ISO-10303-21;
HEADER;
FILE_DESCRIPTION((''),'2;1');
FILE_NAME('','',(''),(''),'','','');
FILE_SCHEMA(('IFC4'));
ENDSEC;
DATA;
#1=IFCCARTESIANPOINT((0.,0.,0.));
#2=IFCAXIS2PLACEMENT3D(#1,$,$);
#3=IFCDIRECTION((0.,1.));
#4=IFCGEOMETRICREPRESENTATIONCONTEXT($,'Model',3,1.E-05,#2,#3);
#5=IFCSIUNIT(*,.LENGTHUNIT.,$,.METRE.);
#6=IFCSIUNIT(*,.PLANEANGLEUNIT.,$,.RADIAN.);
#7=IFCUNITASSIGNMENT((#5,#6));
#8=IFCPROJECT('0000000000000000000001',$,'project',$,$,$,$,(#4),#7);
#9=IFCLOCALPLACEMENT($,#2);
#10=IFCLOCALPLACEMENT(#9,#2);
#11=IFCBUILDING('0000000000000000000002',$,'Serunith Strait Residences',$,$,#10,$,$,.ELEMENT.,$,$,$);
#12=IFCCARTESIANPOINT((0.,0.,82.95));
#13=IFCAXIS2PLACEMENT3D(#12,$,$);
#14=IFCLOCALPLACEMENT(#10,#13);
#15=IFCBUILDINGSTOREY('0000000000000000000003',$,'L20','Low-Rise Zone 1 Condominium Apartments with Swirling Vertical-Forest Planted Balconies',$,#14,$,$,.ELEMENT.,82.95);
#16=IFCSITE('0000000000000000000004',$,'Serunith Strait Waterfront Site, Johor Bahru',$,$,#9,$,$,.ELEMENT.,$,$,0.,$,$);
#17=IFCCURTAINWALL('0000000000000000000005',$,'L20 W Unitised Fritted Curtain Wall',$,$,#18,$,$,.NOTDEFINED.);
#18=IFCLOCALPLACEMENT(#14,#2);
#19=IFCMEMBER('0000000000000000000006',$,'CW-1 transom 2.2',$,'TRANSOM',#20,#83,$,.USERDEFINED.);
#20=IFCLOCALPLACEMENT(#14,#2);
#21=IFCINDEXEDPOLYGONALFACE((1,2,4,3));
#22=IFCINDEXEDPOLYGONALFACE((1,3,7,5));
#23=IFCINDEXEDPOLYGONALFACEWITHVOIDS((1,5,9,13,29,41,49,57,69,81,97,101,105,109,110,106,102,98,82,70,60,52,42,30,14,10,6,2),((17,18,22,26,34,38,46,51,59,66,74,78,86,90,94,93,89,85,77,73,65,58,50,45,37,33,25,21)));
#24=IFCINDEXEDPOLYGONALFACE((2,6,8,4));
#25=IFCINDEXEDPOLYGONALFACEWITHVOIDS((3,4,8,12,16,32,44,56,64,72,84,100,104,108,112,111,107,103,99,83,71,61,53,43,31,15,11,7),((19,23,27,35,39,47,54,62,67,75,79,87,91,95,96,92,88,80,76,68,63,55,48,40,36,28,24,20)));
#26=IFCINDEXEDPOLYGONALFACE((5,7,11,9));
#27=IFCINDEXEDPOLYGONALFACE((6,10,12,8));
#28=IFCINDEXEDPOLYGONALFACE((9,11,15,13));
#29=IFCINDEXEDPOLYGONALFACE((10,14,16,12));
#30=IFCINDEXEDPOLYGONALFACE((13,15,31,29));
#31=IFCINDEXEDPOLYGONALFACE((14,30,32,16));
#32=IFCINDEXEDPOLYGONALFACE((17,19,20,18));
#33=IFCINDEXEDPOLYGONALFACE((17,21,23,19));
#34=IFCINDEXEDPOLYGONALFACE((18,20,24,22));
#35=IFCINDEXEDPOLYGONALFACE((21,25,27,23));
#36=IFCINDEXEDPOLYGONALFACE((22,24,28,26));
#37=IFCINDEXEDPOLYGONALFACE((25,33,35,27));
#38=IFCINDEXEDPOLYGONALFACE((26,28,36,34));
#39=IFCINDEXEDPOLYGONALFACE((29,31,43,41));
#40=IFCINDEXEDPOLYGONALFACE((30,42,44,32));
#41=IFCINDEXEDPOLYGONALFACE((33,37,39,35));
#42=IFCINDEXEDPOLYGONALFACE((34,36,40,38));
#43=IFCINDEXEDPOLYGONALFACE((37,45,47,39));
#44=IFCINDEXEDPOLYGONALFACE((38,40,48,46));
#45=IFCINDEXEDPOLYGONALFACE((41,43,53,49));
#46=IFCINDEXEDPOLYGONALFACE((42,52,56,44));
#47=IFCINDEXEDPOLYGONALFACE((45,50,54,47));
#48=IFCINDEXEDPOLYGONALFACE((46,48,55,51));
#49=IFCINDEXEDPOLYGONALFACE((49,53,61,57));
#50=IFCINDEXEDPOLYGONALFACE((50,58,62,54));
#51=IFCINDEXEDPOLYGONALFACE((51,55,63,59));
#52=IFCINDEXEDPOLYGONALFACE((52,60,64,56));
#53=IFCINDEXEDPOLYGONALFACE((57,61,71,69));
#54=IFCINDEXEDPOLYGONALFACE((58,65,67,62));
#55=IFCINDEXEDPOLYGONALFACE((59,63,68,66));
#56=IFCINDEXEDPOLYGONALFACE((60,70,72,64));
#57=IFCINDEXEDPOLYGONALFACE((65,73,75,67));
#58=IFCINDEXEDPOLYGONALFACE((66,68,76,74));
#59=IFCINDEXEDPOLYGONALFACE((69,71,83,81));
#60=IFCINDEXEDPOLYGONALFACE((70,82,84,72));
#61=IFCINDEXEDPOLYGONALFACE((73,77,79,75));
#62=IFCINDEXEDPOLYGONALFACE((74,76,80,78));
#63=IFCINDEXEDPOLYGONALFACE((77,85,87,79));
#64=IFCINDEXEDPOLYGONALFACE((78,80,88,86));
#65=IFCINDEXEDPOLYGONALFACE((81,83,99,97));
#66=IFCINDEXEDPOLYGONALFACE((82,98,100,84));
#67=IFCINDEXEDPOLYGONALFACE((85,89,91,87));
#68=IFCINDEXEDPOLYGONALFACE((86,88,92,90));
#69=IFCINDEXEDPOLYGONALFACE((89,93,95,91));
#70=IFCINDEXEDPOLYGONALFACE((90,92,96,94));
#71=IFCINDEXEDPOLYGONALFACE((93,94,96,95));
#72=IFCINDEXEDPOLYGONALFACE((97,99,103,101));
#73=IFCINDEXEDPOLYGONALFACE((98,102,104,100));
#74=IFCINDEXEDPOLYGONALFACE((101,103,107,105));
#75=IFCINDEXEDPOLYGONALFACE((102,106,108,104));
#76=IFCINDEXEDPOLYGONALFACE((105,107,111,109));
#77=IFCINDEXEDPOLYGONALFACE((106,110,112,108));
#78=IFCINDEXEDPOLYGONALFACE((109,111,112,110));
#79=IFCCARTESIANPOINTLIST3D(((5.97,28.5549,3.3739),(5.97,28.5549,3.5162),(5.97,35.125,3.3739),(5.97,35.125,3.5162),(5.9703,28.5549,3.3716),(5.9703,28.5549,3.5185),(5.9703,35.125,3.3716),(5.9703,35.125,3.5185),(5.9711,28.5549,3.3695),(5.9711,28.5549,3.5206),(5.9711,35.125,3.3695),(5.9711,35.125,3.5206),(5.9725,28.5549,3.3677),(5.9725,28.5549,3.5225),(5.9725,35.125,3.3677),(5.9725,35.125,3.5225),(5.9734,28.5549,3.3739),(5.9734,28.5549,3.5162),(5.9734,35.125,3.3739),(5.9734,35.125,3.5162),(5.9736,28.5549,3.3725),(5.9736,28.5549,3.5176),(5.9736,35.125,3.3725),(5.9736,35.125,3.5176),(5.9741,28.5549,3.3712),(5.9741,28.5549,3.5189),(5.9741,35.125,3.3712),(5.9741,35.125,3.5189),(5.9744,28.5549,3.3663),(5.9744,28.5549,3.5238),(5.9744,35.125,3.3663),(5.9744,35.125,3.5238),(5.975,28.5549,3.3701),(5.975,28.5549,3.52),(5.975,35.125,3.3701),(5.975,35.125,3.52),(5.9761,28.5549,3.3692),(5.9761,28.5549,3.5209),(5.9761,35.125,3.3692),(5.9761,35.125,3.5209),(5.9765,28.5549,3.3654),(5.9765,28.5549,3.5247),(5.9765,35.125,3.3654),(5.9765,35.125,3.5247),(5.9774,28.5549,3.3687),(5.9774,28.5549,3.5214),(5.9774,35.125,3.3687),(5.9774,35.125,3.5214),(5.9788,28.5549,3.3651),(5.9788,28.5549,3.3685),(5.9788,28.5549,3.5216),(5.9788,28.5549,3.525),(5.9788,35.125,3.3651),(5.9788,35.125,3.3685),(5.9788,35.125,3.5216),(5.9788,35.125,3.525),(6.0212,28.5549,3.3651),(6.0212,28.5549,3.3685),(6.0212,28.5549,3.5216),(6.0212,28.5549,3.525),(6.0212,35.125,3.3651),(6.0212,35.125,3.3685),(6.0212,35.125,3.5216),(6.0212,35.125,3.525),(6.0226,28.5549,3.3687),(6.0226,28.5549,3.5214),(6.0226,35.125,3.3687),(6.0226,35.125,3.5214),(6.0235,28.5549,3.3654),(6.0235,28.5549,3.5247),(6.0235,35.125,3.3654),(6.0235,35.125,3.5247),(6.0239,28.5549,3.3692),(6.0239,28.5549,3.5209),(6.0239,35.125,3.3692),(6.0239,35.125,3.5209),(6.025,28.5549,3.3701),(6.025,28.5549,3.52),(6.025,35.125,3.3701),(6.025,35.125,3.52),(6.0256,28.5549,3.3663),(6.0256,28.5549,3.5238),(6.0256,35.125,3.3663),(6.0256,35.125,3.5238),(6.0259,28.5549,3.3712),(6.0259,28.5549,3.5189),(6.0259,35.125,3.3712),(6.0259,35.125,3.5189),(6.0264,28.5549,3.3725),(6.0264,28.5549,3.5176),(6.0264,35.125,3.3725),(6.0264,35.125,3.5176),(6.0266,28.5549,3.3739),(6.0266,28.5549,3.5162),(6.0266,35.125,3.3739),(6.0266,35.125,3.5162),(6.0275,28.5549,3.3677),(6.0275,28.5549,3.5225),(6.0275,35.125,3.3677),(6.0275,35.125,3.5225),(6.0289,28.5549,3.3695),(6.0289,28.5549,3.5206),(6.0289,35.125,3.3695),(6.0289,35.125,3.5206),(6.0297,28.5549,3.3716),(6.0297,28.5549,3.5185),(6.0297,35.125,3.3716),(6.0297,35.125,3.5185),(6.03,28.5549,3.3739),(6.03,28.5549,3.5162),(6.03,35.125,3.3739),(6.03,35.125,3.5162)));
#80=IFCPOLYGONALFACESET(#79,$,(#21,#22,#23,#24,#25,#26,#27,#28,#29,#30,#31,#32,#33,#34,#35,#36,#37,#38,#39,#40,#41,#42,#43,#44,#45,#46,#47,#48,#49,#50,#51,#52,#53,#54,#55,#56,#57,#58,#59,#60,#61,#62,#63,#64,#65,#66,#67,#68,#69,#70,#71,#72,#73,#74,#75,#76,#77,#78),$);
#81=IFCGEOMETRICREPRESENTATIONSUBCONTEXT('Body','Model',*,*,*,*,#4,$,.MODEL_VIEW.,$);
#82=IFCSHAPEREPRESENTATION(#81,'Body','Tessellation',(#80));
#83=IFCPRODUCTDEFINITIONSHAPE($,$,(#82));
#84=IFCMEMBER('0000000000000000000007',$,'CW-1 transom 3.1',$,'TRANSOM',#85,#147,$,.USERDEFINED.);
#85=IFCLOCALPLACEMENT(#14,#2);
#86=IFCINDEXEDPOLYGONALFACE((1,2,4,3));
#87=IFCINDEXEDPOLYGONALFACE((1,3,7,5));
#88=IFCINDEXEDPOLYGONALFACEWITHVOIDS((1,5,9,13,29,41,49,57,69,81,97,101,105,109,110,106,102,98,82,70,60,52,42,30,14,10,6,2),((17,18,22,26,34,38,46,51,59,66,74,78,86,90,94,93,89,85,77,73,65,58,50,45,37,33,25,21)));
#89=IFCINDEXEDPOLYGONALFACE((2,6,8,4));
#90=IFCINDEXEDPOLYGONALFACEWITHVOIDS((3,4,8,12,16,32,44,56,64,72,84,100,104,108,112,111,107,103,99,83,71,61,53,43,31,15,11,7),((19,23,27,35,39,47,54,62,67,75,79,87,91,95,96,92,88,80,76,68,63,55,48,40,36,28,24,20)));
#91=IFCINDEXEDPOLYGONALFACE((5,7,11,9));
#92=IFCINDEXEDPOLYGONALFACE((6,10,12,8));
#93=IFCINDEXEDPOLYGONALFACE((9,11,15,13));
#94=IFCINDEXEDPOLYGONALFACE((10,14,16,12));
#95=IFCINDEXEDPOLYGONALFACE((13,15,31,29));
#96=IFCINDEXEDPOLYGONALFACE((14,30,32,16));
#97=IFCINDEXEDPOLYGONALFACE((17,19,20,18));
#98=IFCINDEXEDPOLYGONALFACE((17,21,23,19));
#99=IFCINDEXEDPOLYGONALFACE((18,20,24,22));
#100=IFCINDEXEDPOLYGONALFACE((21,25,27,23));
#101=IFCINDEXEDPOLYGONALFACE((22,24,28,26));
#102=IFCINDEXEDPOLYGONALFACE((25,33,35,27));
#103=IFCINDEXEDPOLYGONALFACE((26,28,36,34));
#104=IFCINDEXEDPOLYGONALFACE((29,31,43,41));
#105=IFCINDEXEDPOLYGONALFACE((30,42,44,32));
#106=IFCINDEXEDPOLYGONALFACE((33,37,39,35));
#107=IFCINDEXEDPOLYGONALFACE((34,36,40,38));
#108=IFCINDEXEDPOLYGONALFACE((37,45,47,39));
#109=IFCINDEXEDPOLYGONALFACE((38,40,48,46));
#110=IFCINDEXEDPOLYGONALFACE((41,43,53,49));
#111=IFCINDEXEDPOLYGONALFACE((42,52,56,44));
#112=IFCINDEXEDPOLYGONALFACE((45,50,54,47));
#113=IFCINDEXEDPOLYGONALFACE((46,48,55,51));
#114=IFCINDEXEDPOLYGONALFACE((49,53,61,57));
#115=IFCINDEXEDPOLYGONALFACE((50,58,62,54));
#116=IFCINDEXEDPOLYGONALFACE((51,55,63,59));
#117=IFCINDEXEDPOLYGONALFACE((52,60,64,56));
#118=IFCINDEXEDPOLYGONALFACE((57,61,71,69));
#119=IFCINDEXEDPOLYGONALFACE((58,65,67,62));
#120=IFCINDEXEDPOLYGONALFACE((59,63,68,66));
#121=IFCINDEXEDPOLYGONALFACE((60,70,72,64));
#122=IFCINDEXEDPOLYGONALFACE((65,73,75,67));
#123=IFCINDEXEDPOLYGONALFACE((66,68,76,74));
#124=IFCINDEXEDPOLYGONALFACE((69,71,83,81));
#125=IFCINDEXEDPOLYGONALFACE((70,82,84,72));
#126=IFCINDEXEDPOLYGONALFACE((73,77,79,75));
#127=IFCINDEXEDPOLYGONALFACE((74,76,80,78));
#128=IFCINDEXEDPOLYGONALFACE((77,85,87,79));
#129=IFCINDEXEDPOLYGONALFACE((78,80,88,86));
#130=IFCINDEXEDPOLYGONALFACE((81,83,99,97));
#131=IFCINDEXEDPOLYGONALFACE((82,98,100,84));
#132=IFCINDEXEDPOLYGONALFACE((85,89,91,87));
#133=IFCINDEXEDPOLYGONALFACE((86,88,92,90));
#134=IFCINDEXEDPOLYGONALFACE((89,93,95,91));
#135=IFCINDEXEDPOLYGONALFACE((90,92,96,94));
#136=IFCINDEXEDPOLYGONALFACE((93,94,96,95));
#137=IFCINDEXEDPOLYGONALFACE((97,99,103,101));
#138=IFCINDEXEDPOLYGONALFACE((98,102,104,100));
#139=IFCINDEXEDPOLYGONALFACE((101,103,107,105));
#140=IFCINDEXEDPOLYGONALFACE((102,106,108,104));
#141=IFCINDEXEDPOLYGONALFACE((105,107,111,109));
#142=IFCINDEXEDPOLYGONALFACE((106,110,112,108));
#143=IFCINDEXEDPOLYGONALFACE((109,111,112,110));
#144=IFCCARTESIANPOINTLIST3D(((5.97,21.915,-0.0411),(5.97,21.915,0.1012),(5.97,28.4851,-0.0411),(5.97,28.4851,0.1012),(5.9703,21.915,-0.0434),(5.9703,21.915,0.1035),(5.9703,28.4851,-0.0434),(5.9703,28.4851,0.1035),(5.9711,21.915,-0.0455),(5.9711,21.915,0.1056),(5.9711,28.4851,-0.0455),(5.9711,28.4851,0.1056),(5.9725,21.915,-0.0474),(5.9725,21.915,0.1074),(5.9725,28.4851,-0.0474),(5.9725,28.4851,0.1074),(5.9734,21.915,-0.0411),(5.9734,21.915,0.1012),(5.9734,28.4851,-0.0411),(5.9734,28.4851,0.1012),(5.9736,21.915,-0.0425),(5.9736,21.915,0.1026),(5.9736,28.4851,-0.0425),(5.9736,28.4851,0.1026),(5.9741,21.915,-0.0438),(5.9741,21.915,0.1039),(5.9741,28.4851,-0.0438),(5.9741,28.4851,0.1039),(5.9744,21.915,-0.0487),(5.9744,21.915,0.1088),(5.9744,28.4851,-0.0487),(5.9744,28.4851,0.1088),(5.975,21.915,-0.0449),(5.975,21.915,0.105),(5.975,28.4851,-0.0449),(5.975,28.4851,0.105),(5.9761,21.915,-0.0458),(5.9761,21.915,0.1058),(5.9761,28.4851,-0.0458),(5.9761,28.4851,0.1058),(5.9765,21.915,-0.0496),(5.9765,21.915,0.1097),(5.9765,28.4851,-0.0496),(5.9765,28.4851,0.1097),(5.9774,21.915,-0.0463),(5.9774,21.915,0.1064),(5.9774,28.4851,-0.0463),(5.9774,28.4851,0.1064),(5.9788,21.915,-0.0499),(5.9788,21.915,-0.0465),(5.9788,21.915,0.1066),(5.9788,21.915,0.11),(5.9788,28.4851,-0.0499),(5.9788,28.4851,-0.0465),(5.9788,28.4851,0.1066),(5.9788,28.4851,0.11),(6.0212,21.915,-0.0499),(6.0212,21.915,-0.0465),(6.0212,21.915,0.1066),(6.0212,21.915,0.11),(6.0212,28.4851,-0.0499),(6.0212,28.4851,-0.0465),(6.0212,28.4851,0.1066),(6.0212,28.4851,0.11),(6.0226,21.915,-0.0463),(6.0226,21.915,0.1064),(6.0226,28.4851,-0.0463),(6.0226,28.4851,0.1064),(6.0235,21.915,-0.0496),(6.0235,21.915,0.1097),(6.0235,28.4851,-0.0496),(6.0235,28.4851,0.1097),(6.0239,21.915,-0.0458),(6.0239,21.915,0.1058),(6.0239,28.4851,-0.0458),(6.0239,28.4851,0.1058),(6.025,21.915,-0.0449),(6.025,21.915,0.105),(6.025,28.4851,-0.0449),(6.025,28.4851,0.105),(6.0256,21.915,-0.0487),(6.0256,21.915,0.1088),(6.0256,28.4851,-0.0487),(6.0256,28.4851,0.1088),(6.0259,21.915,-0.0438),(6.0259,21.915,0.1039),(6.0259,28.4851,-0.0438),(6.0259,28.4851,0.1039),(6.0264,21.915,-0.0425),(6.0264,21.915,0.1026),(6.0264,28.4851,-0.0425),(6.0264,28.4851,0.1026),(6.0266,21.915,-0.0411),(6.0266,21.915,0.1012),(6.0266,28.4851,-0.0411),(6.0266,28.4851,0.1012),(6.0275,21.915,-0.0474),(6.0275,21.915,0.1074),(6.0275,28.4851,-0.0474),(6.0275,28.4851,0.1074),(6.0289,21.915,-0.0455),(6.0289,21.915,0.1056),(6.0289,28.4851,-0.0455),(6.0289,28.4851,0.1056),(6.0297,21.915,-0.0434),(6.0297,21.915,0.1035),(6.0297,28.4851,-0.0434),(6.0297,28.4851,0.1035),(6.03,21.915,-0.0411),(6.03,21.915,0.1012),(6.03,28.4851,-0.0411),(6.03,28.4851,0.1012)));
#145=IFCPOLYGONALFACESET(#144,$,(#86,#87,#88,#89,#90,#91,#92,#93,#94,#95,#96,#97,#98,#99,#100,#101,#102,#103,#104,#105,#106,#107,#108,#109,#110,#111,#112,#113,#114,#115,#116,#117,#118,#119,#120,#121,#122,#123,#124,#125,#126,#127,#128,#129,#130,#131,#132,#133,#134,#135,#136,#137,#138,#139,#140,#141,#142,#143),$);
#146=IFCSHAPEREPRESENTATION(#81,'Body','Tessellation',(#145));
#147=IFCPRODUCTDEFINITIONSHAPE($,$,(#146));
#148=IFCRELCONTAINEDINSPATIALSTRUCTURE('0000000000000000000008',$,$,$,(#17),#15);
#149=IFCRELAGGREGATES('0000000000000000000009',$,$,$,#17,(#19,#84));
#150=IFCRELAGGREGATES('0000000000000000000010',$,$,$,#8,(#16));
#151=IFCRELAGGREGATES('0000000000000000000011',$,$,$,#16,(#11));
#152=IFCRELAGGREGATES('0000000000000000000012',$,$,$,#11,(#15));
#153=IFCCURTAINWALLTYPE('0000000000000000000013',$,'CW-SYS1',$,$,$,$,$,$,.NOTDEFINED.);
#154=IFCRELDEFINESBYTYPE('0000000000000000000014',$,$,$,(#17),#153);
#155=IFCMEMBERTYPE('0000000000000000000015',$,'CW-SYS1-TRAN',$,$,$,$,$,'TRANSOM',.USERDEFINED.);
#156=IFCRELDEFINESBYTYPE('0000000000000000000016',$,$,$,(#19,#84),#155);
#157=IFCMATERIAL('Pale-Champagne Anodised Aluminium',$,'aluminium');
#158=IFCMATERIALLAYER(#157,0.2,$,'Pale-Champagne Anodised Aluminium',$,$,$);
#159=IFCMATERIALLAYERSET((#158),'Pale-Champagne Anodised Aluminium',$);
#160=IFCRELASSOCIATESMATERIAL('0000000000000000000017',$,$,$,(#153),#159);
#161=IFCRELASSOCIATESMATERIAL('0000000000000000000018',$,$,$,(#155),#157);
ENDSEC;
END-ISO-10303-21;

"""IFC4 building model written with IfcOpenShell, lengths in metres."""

from ifc_helpers import new_model, si_unit, direction, frame, origin, origin_2d, place, context, subcontext, project, spatial, hollow_rectangle, extrude, source, transform, mapped, material, layer, layer_set, material_profile, profile_set, type_object, element, aggregate, save


model = new_model("IFC4")

# Units and contexts
model_context = context("Model", 3, precision=1e-05, world=origin(), true_north=direction((0.0, 1.0)))
body_context = subcontext(model_context, "Body", "Model", "MODEL_VIEW")
ifc_project = project(units=[si_unit("LENGTHUNIT", "METRE"), si_unit("PLANEANGLEUNIT", "RADIAN")], contexts=[model_context])

# Site, building, storey
site_placement = place(None, origin())
site = spatial("IfcSite", under=ifc_project, at=site_placement, Name="Serunith Strait Waterfront Site, Johor Bahru", CompositionType="ELEMENT", RefElevation=0.0)
building_placement = place(site_placement, origin())
building = spatial("IfcBuilding", under=site, at=building_placement, Name="Serunith Strait Residences", CompositionType="ELEMENT")
storey_placement = place(building_placement, frame((0.0, 0.0, 82.95)))
storey = spatial("IfcBuildingStorey", under=building, at=storey_placement, Name="L20", Description="Low-Rise Zone 1 Condominium Apartments with Swirling Vertical-Forest Planted Balconies", CompositionType="ELEMENT", Elevation=82.95)

# Curtain wall, members
ifc_material_1 = material(Name="Pale-Champagne Anodised Aluminium", Category="aluminium")
ifc_layer_1 = layer(ifc_material_1, 0.2, Name="Pale-Champagne Anodised Aluminium")
ifc_layer_set_1 = layer_set([ifc_layer_1], Name="Pale-Champagne Anodised Aluminium")
curtain_wall_type = type_object("IfcCurtainWallType", Name="CW-SYS1", PredefinedType="NOTDEFINED", material=ifc_layer_set_1)
curtain_wall_placement = place(storey_placement, origin())
curtain_wall = element("IfcCurtainWall", 1, at=curtain_wall_placement, inside=storey, type_object=curtain_wall_type, Name="L20 W Unitised Fritted Curtain Wall", PredefinedType="NOTDEFINED")
ifc_material_profile_1 = material_profile(ifc_material_1, hollow_rectangle(XDim=0.0601, YDim=0.1599, WallThickness=0.0034, InnerFilletRadius=0.0054, OuterFilletRadius=0.0088, at=origin_2d()), Name="ALU 160x60x3.5")
ifc_profile_set_1 = profile_set([ifc_material_profile_1], Name="Pale-Champagne Anodised Aluminium")
member_type_1 = type_object("IfcMemberType", Name="CW-SYS1-TRAN", ElementType="TRANSOM", PredefinedType="USERDEFINED", material=ifc_profile_set_1)
shared_shape_1 = source(origin(), body_context, "Body", "SweptSolid", [
    extrude(hollow_rectangle(XDim=0.0601, YDim=0.1599, WallThickness=0.0034, InnerFilletRadius=0.0054, OuterFilletRadius=0.0088, at=origin_2d()), origin(), (0.0, 0.0, 1.0), 6.5701),
])
member_1_placement = place(storey_placement, frame((6.0, 35.125, 3.4451), z_axis=(0.0, -1.0, 0.0), x_axis=(1.0, 0.0, 0.0)))
member_1 = element("IfcMember", 2, at=member_1_placement, type_object=member_type_1, Name="CW-1 transom 2.2", ObjectType="TRANSOM", PredefinedType="USERDEFINED", context=body_context, shape_type="MappedRepresentation", body=[
    mapped(shared_shape_1, transform((0.0, 0.0, 0.0), scale=1.0)),
])
member_2_placement = place(storey_placement, frame((6.0, 28.4851, 0.03), z_axis=(0.0, -1.0, 0.0), x_axis=(1.0, 0.0, 0.0)))
member_2 = element("IfcMember", 3, at=member_2_placement, type_object=member_type_1, Name="CW-1 transom 3.1", ObjectType="TRANSOM", PredefinedType="USERDEFINED", context=body_context, shape_type="MappedRepresentation", body=[
    mapped(shared_shape_1, transform((0.0, 0.0, 0.0), scale=1.0)),
])
aggregate(curtain_wall, [member_1, member_2])

save(model, "model.ifc")
